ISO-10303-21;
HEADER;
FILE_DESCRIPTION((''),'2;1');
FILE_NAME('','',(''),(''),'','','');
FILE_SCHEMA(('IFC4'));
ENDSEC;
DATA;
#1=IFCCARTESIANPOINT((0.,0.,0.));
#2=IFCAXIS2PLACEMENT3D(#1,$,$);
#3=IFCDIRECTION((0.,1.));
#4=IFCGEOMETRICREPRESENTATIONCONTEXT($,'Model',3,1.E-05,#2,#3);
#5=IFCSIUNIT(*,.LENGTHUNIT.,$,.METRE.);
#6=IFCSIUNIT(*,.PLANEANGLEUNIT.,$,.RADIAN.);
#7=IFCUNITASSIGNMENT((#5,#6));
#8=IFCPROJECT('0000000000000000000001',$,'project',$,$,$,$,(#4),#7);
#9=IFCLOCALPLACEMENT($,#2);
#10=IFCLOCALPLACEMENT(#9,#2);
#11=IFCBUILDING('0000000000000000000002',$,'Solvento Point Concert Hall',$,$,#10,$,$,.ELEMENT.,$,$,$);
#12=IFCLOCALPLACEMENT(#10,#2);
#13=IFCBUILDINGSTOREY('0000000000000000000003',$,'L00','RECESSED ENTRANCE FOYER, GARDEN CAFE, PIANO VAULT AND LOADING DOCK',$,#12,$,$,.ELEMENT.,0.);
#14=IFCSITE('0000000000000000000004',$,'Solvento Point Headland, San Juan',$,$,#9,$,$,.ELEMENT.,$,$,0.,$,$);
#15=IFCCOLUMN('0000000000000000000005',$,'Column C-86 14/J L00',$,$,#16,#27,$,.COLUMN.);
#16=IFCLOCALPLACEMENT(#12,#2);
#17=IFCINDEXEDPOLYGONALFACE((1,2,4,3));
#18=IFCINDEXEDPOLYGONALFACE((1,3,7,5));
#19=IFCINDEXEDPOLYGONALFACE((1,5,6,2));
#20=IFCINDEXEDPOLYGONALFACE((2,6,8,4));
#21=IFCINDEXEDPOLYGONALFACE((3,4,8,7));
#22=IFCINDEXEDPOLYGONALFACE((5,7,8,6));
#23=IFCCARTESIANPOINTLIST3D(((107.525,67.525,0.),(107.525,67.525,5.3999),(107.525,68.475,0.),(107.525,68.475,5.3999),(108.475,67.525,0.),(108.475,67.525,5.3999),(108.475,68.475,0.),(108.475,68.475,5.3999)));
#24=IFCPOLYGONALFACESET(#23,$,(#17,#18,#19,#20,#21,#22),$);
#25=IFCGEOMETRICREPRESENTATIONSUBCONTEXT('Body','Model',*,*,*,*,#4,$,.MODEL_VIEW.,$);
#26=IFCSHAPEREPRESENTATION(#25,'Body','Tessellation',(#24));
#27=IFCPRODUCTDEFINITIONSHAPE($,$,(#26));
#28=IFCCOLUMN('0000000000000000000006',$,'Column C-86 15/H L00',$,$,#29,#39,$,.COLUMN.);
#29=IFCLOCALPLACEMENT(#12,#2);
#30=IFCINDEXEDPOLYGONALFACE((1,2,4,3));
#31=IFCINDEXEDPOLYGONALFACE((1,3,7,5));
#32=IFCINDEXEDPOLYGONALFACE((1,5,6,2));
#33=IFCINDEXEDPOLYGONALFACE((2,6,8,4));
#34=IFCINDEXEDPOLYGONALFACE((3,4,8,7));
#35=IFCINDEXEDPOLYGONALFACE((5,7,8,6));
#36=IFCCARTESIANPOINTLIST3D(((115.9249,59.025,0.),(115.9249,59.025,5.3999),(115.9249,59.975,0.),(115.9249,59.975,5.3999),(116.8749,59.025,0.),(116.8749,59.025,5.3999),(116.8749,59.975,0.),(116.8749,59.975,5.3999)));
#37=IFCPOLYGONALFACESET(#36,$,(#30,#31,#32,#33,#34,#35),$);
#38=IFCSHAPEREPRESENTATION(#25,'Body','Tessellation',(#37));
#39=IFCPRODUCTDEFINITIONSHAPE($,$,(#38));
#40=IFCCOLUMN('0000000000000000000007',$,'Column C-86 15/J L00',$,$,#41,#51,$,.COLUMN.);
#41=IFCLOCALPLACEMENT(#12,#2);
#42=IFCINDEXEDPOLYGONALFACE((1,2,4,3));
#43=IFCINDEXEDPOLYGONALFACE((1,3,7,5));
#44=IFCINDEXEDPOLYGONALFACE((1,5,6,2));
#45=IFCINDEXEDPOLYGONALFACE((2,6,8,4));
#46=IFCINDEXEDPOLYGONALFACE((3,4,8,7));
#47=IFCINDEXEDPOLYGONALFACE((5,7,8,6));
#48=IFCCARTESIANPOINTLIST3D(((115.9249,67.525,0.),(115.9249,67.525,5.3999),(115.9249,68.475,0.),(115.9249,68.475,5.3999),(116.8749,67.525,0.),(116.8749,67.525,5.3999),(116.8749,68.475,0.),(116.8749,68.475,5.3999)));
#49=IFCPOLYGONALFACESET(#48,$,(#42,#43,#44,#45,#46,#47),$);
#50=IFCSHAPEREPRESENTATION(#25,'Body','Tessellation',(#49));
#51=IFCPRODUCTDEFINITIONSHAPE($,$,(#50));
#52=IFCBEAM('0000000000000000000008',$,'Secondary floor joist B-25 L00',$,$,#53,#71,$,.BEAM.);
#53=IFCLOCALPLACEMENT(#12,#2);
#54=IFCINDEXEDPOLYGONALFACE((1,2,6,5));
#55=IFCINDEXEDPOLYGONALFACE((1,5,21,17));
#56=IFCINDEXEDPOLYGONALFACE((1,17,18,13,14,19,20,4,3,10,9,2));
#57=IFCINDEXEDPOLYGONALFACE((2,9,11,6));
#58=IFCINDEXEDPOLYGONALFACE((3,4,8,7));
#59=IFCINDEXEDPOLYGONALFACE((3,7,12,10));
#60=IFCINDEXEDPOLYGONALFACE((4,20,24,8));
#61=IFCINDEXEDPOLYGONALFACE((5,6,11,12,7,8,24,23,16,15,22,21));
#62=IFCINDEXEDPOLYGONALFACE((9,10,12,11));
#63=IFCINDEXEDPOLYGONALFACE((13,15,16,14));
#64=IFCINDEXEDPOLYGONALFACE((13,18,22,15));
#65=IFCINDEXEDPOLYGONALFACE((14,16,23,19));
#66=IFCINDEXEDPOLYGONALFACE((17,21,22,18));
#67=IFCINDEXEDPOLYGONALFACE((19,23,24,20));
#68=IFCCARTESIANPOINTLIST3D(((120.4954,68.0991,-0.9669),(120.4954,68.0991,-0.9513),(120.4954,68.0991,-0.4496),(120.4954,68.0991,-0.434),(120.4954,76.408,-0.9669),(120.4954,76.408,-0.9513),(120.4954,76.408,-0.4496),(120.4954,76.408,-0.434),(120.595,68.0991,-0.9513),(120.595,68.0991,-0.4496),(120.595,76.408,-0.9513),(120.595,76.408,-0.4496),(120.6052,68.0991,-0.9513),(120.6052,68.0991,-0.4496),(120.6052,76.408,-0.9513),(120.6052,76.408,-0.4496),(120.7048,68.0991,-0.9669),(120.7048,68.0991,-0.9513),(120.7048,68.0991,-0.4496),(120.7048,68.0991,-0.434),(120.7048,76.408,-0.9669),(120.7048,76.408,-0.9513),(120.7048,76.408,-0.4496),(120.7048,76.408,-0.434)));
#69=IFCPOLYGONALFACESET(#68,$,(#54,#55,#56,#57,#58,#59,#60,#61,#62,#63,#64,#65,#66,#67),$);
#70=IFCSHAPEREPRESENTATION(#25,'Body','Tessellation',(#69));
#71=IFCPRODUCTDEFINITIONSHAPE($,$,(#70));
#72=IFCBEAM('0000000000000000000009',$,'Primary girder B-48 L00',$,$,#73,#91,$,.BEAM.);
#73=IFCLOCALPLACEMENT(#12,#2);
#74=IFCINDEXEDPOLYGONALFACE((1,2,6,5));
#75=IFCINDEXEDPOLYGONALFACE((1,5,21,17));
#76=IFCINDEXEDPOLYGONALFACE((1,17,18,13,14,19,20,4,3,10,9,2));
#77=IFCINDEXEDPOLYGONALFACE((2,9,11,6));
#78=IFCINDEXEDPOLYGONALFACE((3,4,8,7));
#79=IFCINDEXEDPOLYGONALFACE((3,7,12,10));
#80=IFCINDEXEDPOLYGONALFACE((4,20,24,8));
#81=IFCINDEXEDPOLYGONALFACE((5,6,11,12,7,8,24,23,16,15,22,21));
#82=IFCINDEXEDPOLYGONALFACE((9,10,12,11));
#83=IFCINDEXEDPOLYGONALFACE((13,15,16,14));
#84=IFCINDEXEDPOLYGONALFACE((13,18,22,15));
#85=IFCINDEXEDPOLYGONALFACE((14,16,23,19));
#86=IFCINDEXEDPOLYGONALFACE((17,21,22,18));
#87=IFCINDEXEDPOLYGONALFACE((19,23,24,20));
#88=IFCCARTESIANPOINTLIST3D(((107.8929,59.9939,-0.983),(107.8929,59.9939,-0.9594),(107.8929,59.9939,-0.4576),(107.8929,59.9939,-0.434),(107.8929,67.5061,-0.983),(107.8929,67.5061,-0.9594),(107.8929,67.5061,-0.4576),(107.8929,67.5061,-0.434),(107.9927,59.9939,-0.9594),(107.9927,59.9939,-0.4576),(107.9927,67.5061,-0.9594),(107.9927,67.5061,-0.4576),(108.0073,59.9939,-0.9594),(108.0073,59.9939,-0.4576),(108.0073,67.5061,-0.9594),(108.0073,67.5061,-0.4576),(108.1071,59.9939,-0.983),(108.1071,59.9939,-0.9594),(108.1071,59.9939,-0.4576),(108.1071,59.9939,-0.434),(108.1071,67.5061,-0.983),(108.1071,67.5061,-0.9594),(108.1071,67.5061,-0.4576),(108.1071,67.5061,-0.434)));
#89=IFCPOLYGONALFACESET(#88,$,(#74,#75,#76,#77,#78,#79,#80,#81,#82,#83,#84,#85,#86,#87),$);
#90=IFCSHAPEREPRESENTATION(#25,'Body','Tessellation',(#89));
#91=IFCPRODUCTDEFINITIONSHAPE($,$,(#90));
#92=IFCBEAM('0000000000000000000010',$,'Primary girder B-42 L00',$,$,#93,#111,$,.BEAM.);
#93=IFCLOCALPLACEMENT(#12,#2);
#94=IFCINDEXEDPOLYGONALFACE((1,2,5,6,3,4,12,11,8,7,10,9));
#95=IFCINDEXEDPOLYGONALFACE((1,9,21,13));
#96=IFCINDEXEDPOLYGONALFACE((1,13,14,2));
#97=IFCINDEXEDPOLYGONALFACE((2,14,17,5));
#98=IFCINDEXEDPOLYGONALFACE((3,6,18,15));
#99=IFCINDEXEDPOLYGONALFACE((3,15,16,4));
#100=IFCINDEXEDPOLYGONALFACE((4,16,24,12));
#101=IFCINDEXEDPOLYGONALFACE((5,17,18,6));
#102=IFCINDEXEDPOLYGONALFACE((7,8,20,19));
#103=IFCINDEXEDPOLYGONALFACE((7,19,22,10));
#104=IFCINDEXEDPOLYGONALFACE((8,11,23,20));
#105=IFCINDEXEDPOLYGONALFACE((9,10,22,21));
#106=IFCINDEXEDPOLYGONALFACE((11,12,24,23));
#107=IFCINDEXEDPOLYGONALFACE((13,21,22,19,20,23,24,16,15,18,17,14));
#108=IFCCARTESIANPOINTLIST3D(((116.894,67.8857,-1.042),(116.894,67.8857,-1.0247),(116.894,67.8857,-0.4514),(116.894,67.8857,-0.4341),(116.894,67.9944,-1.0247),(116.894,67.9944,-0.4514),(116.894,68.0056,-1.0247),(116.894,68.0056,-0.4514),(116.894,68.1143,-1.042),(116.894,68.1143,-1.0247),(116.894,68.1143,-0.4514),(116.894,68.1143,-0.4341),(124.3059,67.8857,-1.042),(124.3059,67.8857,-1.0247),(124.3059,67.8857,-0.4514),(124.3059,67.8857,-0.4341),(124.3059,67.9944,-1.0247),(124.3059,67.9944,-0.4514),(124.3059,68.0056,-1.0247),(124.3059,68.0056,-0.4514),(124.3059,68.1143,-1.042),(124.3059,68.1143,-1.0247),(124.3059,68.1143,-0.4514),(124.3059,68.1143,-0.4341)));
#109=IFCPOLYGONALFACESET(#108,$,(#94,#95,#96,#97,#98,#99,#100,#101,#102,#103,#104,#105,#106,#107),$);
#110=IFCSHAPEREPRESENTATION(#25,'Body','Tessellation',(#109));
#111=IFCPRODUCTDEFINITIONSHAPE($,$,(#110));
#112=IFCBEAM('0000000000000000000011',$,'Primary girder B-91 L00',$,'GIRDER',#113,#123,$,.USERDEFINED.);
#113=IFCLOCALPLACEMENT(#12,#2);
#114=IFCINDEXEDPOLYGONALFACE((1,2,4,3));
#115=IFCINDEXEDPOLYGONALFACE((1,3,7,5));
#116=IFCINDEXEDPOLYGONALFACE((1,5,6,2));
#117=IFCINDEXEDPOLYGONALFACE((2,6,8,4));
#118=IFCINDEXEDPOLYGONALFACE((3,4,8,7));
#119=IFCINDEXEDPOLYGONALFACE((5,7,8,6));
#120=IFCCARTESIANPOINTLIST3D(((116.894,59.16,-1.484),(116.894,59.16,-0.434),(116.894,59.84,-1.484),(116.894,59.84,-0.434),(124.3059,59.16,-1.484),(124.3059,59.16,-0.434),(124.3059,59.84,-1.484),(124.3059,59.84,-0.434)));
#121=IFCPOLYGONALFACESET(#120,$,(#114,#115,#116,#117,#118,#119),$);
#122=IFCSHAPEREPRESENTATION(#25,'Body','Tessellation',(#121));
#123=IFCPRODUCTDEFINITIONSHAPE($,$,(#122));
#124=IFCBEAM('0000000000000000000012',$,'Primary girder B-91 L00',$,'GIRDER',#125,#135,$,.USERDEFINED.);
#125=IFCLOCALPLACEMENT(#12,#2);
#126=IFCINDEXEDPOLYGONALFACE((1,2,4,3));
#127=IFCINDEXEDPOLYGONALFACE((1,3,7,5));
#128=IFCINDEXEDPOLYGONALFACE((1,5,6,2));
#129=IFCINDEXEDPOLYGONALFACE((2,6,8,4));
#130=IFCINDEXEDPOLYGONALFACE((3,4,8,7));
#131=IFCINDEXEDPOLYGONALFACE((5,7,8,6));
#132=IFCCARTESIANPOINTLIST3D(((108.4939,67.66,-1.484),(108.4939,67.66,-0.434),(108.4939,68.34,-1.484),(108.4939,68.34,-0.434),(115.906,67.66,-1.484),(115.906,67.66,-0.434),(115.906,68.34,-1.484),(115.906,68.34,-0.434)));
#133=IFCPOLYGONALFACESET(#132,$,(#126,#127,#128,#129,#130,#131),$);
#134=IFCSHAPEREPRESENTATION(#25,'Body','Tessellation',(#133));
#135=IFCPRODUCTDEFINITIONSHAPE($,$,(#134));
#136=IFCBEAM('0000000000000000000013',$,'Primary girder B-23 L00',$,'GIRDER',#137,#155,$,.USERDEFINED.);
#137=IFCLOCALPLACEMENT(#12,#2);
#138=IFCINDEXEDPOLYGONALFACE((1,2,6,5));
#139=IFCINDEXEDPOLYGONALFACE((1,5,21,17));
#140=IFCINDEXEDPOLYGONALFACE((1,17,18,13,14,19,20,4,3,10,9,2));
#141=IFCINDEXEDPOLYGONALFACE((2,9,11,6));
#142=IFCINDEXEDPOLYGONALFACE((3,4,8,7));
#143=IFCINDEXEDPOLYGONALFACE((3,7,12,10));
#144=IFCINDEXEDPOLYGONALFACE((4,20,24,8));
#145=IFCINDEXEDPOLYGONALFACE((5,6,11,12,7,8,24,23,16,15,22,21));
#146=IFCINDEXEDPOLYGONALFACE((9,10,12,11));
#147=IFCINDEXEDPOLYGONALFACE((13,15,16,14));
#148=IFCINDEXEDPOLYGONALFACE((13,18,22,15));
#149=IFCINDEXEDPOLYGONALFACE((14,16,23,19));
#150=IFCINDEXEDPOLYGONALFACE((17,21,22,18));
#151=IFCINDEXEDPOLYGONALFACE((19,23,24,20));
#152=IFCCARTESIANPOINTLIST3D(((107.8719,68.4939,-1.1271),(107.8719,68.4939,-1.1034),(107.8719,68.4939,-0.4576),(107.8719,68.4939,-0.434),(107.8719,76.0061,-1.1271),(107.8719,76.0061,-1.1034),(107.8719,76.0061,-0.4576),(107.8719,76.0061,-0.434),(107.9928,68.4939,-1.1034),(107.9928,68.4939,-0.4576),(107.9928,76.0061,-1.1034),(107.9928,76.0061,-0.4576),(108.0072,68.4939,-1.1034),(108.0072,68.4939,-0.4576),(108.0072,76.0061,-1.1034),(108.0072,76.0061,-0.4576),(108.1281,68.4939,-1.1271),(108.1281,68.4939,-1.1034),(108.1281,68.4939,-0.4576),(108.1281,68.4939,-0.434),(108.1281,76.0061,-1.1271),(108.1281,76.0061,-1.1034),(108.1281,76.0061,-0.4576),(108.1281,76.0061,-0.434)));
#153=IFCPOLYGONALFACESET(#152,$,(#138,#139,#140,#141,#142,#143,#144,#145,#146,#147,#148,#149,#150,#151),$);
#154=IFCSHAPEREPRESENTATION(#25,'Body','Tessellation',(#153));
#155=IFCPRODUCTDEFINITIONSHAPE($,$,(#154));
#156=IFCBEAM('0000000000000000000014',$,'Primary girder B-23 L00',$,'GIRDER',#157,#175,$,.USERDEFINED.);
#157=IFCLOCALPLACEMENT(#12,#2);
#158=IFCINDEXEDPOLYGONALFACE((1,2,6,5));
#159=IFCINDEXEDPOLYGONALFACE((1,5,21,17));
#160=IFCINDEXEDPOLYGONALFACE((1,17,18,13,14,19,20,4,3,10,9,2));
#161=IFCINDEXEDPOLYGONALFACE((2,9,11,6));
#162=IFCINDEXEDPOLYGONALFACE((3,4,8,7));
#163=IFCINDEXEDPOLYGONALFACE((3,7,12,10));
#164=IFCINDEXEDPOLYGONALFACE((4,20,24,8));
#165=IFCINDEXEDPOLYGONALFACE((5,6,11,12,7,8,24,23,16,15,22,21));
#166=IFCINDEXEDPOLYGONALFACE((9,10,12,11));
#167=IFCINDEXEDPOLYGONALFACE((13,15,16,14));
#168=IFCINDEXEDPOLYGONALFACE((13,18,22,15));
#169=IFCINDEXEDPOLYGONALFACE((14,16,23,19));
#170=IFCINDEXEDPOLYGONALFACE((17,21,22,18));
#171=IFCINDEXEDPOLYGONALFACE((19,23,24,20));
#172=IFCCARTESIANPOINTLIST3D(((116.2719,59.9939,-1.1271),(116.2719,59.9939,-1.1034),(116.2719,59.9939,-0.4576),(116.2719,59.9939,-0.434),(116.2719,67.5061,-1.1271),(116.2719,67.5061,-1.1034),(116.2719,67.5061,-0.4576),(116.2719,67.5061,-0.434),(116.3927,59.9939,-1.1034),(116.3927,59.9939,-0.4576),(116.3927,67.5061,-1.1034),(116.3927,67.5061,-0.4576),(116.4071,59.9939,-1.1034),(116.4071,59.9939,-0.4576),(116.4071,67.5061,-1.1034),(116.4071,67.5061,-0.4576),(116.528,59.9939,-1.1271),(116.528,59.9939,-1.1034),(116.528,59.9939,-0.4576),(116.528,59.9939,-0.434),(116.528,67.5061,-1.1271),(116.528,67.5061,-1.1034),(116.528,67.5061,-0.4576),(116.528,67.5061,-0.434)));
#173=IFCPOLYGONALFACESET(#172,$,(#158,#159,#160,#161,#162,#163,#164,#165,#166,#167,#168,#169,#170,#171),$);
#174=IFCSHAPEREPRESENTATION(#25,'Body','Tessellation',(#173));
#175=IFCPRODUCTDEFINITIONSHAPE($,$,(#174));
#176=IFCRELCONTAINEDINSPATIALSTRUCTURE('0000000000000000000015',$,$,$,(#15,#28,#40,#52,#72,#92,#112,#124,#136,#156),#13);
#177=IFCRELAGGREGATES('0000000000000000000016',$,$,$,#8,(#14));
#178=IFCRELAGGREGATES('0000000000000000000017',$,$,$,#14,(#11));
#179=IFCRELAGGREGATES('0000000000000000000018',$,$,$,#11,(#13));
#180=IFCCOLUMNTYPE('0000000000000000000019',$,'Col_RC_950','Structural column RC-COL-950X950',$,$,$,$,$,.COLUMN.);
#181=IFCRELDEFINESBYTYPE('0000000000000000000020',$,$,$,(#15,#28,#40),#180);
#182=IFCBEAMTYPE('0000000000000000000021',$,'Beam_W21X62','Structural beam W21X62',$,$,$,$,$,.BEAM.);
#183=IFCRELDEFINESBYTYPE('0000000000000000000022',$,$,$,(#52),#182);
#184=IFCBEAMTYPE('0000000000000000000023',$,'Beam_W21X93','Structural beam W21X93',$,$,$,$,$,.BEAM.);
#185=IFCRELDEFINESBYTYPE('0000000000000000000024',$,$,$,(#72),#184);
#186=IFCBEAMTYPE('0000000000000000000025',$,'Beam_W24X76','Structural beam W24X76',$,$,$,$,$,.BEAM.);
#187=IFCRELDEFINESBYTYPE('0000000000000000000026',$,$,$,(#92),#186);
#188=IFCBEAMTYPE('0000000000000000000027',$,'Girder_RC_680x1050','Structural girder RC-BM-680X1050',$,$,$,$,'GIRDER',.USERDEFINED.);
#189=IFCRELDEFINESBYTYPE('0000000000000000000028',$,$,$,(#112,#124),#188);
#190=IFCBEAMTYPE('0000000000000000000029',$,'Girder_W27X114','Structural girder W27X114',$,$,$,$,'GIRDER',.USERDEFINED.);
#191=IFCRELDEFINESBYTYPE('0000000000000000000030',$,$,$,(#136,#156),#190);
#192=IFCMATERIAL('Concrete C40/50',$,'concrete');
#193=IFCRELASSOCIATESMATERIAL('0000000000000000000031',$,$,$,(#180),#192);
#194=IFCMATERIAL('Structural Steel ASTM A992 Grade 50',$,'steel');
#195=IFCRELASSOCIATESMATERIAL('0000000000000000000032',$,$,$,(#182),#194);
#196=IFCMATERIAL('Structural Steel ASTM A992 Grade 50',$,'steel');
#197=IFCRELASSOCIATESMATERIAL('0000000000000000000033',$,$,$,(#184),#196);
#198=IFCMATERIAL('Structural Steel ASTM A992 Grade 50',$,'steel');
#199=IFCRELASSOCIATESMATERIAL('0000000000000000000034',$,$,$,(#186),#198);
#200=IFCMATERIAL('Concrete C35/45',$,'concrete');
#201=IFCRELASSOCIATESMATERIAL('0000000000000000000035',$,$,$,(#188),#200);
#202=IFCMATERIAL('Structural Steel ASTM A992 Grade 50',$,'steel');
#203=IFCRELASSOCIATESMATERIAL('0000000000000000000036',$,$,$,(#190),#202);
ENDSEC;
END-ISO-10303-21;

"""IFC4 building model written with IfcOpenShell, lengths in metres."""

from ifc_helpers import new_model, si_unit, direction, frame, origin, origin_2d, place, context, subcontext, project, spatial, rectangle, i_section, extrude, material, material_profile, profile_set, type_object, element, save


model = new_model("IFC4")

# Units and contexts
model_context = context("Model", 3, precision=1e-05, world=origin(), true_north=direction((0.0, 1.0)))
body_context = subcontext(model_context, "Body", "Model", "MODEL_VIEW")
ifc_project = project(units=[si_unit("LENGTHUNIT", "METRE"), si_unit("PLANEANGLEUNIT", "RADIAN")], contexts=[model_context])

# Site, building, storey
site_placement = place(None, origin())
site = spatial("IfcSite", under=ifc_project, at=site_placement, Name="Solvento Point Headland, San Juan", CompositionType="ELEMENT", RefElevation=0.0)
building_placement = place(site_placement, origin())
building = spatial("IfcBuilding", under=site, at=building_placement, Name="Solvento Point Concert Hall", CompositionType="ELEMENT")
storey_placement = place(building_placement, origin())
storey = spatial("IfcBuildingStorey", under=building, at=storey_placement, Name="L00", Description="RECESSED ENTRANCE FOYER, GARDEN CAFE, PIANO VAULT AND LOADING DOCK", CompositionType="ELEMENT", Elevation=0.0)

# Columns
ifc_material_1 = material(Name="Concrete C40/50", Category="concrete")
ifc_material_profile_1 = material_profile(ifc_material_1, rectangle(XDim=0.95, YDim=0.95, at=origin_2d()), Name="RC-COL-950X950")
ifc_profile_set_1 = profile_set([ifc_material_profile_1], Name="Concrete C40/50")
column_type = type_object("IfcColumnType", Name="Col_RC_950", Description="Structural column RC-COL-950X950", PredefinedType="COLUMN", material=ifc_profile_set_1)
for number, where, z_axis, x_axis, name in (
    (1, (108.0, 68.0, 0.0), (0.0, 0.0, 1.0), (1.0, 0.0, 0.0), "Column C-86 14/J L00"),
    (2, (116.3999, 59.5, 0.0), (0.0, 0.0, 1.0), (1.0, 0.0, 0.0), "Column C-86 15/H L00"),
    (3, (116.3999, 68.0, 0.0), (0.0, 0.0, 1.0), (1.0, 0.0, 0.0), "Column C-86 15/J L00"),
):
    element("IfcColumn", number, at=place(storey_placement, frame(where, z_axis=z_axis, x_axis=x_axis)), inside=storey, type_object=column_type, Name=name, PredefinedType="COLUMN", context=body_context, shape_type="SweptSolid", body=[
        extrude(rectangle(XDim=0.95, YDim=0.95, at=origin_2d()), origin(), (0.0, 0.0, 1.0), 5.3999),
    ])

# Beams
ifc_material_2 = material(Name="Structural Steel ASTM A992 Grade 50", Category="steel")
ifc_material_profile_2 = material_profile(ifc_material_2, i_section(OverallWidth=0.2095, OverallDepth=0.533, WebThickness=0.0103, FlangeThickness=0.0156, at=origin_2d()), Name="W21X62")
ifc_profile_set_2 = profile_set([ifc_material_profile_2], Name="Structural Steel ASTM A992 Grade 50")
beam_type_1 = type_object("IfcBeamType", Name="Beam_W21X62", Description="Structural beam W21X62", PredefinedType="BEAM", material=ifc_profile_set_2)
beam_1_placement = place(storey_placement, frame((120.6001, 68.0991, -0.7004), z_axis=(0.0, 1.0, 0.0), x_axis=(-1.0, 0.0, 0.0)))
element("IfcBeam", 4, at=beam_1_placement, inside=storey, type_object=beam_type_1, Name="Secondary floor joist B-25 L00", PredefinedType="BEAM", context=body_context, shape_type="SweptSolid", body=[
    extrude(i_section(OverallWidth=0.2095, OverallDepth=0.533, WebThickness=0.0103, FlangeThickness=0.0156, at=origin_2d()), origin(), (0.0, 0.0, 1.0), 8.3088),
])
ifc_material_3 = material(Name="Structural Steel ASTM A992 Grade 50", Category="steel")
ifc_material_profile_3 = material_profile(ifc_material_3, i_section(OverallWidth=0.2141, OverallDepth=0.5491, WebThickness=0.0146, FlangeThickness=0.0237, at=origin_2d()), Name="W21X93")
ifc_profile_set_3 = profile_set([ifc_material_profile_3], Name="Structural Steel ASTM A992 Grade 50")
beam_type_2 = type_object("IfcBeamType", Name="Beam_W21X93", Description="Structural beam W21X93", PredefinedType="BEAM", material=ifc_profile_set_3)
beam_2_placement = place(storey_placement, frame((108.0, 59.9939, -0.7085), z_axis=(0.0, 1.0, 0.0), x_axis=(-1.0, 0.0, 0.0)))
element("IfcBeam", 5, at=beam_2_placement, inside=storey, type_object=beam_type_2, Name="Primary girder B-48 L00", PredefinedType="BEAM", context=body_context, shape_type="SweptSolid", body=[
    extrude(i_section(OverallWidth=0.2141, OverallDepth=0.5491, WebThickness=0.0146, FlangeThickness=0.0237, at=origin_2d()), origin(), (0.0, 0.0, 1.0), 7.5122),
])
ifc_material_4 = material(Name="Structural Steel ASTM A992 Grade 50", Category="steel")
ifc_material_profile_4 = material_profile(ifc_material_4, i_section(OverallWidth=0.2285, OverallDepth=0.6079, WebThickness=0.0112, FlangeThickness=0.0173, at=origin_2d()), Name="W24X76")
ifc_profile_set_4 = profile_set([ifc_material_profile_4], Name="Structural Steel ASTM A992 Grade 50")
beam_type_3 = type_object("IfcBeamType", Name="Beam_W24X76", Description="Structural beam W24X76", PredefinedType="BEAM", material=ifc_profile_set_4)
beam_3_placement = place(storey_placement, frame((116.894, 68.0, -0.738), z_axis=(1.0, 0.0, 0.0), x_axis=(0.0, 1.0, 0.0)))
element("IfcBeam", 6, at=beam_3_placement, inside=storey, type_object=beam_type_3, Name="Primary girder B-42 L00", PredefinedType="BEAM", context=body_context, shape_type="SweptSolid", body=[
    extrude(i_section(OverallWidth=0.2285, OverallDepth=0.6079, WebThickness=0.0112, FlangeThickness=0.0173, at=origin_2d()), origin(), (0.0, 0.0, 1.0), 7.4119),
])
ifc_material_5 = material(Name="Concrete C35/45", Category="concrete")
ifc_material_profile_5 = material_profile(ifc_material_5, rectangle(XDim=0.6799, YDim=1.05, at=origin_2d()), Name="RC-BM-680X1050")
ifc_profile_set_5 = profile_set([ifc_material_profile_5], Name="Concrete C35/45")
beam_type_4 = type_object("IfcBeamType", Name="Girder_RC_680x1050", Description="Structural girder RC-BM-680X1050", ElementType="GIRDER", PredefinedType="USERDEFINED", material=ifc_profile_set_5)
beam_4_placement = place(storey_placement, frame((116.894, 59.5, -0.959), z_axis=(1.0, 0.0, 0.0), x_axis=(0.0, 1.0, 0.0)))
element("IfcBeam", 7, at=beam_4_placement, inside=storey, type_object=beam_type_4, Name="Primary girder B-91 L00", ObjectType="GIRDER", PredefinedType="USERDEFINED", context=body_context, shape_type="SweptSolid", body=[
    extrude(rectangle(XDim=0.6799, YDim=1.05, at=origin_2d()), origin(), (0.0, 0.0, 1.0), 7.4119),
])
beam_5_placement = place(storey_placement, frame((108.4939, 68.0, -0.959), z_axis=(1.0, 0.0, 0.0), x_axis=(0.0, 1.0, 0.0)))
element("IfcBeam", 8, at=beam_5_placement, inside=storey, type_object=beam_type_4, Name="Primary girder B-91 L00", ObjectType="GIRDER", PredefinedType="USERDEFINED", context=body_context, shape_type="SweptSolid", body=[
    extrude(rectangle(XDim=0.6799, YDim=1.05, at=origin_2d()), origin(), (0.0, 0.0, 1.0), 7.4121),
])
ifc_material_6 = material(Name="Structural Steel ASTM A992 Grade 50", Category="steel")
ifc_material_profile_6 = material_profile(ifc_material_6, i_section(OverallWidth=0.2561, OverallDepth=0.6931, WebThickness=0.0144, FlangeThickness=0.0237, at=origin_2d()), Name="W27X114")
ifc_profile_set_6 = profile_set([ifc_material_profile_6], Name="Structural Steel ASTM A992 Grade 50")
beam_type_5 = type_object("IfcBeamType", Name="Girder_W27X114", Description="Structural girder W27X114", ElementType="GIRDER", PredefinedType="USERDEFINED", material=ifc_profile_set_6)
for number, where, z_axis, x_axis, name in (
    (9, (108.0, 68.4939, -0.7805), (0.0, 1.0, 0.0), (-1.0, 0.0, 0.0), "Primary girder B-23 L00"),
    (10, (116.3999, 59.9939, -0.7805), (0.0, 1.0, 0.0), (-1.0, 0.0, 0.0), "Primary girder B-23 L00"),
):
    element("IfcBeam", number, at=place(storey_placement, frame(where, z_axis=z_axis, x_axis=x_axis)), inside=storey, type_object=beam_type_5, Name=name, ObjectType="GIRDER", PredefinedType="USERDEFINED", context=body_context, shape_type="SweptSolid", body=[
        extrude(i_section(OverallWidth=0.2561, OverallDepth=0.6931, WebThickness=0.0144, FlangeThickness=0.0237, at=origin_2d()), origin(), (0.0, 0.0, 1.0), 7.5122),
    ])

save(model, "model.ifc")
